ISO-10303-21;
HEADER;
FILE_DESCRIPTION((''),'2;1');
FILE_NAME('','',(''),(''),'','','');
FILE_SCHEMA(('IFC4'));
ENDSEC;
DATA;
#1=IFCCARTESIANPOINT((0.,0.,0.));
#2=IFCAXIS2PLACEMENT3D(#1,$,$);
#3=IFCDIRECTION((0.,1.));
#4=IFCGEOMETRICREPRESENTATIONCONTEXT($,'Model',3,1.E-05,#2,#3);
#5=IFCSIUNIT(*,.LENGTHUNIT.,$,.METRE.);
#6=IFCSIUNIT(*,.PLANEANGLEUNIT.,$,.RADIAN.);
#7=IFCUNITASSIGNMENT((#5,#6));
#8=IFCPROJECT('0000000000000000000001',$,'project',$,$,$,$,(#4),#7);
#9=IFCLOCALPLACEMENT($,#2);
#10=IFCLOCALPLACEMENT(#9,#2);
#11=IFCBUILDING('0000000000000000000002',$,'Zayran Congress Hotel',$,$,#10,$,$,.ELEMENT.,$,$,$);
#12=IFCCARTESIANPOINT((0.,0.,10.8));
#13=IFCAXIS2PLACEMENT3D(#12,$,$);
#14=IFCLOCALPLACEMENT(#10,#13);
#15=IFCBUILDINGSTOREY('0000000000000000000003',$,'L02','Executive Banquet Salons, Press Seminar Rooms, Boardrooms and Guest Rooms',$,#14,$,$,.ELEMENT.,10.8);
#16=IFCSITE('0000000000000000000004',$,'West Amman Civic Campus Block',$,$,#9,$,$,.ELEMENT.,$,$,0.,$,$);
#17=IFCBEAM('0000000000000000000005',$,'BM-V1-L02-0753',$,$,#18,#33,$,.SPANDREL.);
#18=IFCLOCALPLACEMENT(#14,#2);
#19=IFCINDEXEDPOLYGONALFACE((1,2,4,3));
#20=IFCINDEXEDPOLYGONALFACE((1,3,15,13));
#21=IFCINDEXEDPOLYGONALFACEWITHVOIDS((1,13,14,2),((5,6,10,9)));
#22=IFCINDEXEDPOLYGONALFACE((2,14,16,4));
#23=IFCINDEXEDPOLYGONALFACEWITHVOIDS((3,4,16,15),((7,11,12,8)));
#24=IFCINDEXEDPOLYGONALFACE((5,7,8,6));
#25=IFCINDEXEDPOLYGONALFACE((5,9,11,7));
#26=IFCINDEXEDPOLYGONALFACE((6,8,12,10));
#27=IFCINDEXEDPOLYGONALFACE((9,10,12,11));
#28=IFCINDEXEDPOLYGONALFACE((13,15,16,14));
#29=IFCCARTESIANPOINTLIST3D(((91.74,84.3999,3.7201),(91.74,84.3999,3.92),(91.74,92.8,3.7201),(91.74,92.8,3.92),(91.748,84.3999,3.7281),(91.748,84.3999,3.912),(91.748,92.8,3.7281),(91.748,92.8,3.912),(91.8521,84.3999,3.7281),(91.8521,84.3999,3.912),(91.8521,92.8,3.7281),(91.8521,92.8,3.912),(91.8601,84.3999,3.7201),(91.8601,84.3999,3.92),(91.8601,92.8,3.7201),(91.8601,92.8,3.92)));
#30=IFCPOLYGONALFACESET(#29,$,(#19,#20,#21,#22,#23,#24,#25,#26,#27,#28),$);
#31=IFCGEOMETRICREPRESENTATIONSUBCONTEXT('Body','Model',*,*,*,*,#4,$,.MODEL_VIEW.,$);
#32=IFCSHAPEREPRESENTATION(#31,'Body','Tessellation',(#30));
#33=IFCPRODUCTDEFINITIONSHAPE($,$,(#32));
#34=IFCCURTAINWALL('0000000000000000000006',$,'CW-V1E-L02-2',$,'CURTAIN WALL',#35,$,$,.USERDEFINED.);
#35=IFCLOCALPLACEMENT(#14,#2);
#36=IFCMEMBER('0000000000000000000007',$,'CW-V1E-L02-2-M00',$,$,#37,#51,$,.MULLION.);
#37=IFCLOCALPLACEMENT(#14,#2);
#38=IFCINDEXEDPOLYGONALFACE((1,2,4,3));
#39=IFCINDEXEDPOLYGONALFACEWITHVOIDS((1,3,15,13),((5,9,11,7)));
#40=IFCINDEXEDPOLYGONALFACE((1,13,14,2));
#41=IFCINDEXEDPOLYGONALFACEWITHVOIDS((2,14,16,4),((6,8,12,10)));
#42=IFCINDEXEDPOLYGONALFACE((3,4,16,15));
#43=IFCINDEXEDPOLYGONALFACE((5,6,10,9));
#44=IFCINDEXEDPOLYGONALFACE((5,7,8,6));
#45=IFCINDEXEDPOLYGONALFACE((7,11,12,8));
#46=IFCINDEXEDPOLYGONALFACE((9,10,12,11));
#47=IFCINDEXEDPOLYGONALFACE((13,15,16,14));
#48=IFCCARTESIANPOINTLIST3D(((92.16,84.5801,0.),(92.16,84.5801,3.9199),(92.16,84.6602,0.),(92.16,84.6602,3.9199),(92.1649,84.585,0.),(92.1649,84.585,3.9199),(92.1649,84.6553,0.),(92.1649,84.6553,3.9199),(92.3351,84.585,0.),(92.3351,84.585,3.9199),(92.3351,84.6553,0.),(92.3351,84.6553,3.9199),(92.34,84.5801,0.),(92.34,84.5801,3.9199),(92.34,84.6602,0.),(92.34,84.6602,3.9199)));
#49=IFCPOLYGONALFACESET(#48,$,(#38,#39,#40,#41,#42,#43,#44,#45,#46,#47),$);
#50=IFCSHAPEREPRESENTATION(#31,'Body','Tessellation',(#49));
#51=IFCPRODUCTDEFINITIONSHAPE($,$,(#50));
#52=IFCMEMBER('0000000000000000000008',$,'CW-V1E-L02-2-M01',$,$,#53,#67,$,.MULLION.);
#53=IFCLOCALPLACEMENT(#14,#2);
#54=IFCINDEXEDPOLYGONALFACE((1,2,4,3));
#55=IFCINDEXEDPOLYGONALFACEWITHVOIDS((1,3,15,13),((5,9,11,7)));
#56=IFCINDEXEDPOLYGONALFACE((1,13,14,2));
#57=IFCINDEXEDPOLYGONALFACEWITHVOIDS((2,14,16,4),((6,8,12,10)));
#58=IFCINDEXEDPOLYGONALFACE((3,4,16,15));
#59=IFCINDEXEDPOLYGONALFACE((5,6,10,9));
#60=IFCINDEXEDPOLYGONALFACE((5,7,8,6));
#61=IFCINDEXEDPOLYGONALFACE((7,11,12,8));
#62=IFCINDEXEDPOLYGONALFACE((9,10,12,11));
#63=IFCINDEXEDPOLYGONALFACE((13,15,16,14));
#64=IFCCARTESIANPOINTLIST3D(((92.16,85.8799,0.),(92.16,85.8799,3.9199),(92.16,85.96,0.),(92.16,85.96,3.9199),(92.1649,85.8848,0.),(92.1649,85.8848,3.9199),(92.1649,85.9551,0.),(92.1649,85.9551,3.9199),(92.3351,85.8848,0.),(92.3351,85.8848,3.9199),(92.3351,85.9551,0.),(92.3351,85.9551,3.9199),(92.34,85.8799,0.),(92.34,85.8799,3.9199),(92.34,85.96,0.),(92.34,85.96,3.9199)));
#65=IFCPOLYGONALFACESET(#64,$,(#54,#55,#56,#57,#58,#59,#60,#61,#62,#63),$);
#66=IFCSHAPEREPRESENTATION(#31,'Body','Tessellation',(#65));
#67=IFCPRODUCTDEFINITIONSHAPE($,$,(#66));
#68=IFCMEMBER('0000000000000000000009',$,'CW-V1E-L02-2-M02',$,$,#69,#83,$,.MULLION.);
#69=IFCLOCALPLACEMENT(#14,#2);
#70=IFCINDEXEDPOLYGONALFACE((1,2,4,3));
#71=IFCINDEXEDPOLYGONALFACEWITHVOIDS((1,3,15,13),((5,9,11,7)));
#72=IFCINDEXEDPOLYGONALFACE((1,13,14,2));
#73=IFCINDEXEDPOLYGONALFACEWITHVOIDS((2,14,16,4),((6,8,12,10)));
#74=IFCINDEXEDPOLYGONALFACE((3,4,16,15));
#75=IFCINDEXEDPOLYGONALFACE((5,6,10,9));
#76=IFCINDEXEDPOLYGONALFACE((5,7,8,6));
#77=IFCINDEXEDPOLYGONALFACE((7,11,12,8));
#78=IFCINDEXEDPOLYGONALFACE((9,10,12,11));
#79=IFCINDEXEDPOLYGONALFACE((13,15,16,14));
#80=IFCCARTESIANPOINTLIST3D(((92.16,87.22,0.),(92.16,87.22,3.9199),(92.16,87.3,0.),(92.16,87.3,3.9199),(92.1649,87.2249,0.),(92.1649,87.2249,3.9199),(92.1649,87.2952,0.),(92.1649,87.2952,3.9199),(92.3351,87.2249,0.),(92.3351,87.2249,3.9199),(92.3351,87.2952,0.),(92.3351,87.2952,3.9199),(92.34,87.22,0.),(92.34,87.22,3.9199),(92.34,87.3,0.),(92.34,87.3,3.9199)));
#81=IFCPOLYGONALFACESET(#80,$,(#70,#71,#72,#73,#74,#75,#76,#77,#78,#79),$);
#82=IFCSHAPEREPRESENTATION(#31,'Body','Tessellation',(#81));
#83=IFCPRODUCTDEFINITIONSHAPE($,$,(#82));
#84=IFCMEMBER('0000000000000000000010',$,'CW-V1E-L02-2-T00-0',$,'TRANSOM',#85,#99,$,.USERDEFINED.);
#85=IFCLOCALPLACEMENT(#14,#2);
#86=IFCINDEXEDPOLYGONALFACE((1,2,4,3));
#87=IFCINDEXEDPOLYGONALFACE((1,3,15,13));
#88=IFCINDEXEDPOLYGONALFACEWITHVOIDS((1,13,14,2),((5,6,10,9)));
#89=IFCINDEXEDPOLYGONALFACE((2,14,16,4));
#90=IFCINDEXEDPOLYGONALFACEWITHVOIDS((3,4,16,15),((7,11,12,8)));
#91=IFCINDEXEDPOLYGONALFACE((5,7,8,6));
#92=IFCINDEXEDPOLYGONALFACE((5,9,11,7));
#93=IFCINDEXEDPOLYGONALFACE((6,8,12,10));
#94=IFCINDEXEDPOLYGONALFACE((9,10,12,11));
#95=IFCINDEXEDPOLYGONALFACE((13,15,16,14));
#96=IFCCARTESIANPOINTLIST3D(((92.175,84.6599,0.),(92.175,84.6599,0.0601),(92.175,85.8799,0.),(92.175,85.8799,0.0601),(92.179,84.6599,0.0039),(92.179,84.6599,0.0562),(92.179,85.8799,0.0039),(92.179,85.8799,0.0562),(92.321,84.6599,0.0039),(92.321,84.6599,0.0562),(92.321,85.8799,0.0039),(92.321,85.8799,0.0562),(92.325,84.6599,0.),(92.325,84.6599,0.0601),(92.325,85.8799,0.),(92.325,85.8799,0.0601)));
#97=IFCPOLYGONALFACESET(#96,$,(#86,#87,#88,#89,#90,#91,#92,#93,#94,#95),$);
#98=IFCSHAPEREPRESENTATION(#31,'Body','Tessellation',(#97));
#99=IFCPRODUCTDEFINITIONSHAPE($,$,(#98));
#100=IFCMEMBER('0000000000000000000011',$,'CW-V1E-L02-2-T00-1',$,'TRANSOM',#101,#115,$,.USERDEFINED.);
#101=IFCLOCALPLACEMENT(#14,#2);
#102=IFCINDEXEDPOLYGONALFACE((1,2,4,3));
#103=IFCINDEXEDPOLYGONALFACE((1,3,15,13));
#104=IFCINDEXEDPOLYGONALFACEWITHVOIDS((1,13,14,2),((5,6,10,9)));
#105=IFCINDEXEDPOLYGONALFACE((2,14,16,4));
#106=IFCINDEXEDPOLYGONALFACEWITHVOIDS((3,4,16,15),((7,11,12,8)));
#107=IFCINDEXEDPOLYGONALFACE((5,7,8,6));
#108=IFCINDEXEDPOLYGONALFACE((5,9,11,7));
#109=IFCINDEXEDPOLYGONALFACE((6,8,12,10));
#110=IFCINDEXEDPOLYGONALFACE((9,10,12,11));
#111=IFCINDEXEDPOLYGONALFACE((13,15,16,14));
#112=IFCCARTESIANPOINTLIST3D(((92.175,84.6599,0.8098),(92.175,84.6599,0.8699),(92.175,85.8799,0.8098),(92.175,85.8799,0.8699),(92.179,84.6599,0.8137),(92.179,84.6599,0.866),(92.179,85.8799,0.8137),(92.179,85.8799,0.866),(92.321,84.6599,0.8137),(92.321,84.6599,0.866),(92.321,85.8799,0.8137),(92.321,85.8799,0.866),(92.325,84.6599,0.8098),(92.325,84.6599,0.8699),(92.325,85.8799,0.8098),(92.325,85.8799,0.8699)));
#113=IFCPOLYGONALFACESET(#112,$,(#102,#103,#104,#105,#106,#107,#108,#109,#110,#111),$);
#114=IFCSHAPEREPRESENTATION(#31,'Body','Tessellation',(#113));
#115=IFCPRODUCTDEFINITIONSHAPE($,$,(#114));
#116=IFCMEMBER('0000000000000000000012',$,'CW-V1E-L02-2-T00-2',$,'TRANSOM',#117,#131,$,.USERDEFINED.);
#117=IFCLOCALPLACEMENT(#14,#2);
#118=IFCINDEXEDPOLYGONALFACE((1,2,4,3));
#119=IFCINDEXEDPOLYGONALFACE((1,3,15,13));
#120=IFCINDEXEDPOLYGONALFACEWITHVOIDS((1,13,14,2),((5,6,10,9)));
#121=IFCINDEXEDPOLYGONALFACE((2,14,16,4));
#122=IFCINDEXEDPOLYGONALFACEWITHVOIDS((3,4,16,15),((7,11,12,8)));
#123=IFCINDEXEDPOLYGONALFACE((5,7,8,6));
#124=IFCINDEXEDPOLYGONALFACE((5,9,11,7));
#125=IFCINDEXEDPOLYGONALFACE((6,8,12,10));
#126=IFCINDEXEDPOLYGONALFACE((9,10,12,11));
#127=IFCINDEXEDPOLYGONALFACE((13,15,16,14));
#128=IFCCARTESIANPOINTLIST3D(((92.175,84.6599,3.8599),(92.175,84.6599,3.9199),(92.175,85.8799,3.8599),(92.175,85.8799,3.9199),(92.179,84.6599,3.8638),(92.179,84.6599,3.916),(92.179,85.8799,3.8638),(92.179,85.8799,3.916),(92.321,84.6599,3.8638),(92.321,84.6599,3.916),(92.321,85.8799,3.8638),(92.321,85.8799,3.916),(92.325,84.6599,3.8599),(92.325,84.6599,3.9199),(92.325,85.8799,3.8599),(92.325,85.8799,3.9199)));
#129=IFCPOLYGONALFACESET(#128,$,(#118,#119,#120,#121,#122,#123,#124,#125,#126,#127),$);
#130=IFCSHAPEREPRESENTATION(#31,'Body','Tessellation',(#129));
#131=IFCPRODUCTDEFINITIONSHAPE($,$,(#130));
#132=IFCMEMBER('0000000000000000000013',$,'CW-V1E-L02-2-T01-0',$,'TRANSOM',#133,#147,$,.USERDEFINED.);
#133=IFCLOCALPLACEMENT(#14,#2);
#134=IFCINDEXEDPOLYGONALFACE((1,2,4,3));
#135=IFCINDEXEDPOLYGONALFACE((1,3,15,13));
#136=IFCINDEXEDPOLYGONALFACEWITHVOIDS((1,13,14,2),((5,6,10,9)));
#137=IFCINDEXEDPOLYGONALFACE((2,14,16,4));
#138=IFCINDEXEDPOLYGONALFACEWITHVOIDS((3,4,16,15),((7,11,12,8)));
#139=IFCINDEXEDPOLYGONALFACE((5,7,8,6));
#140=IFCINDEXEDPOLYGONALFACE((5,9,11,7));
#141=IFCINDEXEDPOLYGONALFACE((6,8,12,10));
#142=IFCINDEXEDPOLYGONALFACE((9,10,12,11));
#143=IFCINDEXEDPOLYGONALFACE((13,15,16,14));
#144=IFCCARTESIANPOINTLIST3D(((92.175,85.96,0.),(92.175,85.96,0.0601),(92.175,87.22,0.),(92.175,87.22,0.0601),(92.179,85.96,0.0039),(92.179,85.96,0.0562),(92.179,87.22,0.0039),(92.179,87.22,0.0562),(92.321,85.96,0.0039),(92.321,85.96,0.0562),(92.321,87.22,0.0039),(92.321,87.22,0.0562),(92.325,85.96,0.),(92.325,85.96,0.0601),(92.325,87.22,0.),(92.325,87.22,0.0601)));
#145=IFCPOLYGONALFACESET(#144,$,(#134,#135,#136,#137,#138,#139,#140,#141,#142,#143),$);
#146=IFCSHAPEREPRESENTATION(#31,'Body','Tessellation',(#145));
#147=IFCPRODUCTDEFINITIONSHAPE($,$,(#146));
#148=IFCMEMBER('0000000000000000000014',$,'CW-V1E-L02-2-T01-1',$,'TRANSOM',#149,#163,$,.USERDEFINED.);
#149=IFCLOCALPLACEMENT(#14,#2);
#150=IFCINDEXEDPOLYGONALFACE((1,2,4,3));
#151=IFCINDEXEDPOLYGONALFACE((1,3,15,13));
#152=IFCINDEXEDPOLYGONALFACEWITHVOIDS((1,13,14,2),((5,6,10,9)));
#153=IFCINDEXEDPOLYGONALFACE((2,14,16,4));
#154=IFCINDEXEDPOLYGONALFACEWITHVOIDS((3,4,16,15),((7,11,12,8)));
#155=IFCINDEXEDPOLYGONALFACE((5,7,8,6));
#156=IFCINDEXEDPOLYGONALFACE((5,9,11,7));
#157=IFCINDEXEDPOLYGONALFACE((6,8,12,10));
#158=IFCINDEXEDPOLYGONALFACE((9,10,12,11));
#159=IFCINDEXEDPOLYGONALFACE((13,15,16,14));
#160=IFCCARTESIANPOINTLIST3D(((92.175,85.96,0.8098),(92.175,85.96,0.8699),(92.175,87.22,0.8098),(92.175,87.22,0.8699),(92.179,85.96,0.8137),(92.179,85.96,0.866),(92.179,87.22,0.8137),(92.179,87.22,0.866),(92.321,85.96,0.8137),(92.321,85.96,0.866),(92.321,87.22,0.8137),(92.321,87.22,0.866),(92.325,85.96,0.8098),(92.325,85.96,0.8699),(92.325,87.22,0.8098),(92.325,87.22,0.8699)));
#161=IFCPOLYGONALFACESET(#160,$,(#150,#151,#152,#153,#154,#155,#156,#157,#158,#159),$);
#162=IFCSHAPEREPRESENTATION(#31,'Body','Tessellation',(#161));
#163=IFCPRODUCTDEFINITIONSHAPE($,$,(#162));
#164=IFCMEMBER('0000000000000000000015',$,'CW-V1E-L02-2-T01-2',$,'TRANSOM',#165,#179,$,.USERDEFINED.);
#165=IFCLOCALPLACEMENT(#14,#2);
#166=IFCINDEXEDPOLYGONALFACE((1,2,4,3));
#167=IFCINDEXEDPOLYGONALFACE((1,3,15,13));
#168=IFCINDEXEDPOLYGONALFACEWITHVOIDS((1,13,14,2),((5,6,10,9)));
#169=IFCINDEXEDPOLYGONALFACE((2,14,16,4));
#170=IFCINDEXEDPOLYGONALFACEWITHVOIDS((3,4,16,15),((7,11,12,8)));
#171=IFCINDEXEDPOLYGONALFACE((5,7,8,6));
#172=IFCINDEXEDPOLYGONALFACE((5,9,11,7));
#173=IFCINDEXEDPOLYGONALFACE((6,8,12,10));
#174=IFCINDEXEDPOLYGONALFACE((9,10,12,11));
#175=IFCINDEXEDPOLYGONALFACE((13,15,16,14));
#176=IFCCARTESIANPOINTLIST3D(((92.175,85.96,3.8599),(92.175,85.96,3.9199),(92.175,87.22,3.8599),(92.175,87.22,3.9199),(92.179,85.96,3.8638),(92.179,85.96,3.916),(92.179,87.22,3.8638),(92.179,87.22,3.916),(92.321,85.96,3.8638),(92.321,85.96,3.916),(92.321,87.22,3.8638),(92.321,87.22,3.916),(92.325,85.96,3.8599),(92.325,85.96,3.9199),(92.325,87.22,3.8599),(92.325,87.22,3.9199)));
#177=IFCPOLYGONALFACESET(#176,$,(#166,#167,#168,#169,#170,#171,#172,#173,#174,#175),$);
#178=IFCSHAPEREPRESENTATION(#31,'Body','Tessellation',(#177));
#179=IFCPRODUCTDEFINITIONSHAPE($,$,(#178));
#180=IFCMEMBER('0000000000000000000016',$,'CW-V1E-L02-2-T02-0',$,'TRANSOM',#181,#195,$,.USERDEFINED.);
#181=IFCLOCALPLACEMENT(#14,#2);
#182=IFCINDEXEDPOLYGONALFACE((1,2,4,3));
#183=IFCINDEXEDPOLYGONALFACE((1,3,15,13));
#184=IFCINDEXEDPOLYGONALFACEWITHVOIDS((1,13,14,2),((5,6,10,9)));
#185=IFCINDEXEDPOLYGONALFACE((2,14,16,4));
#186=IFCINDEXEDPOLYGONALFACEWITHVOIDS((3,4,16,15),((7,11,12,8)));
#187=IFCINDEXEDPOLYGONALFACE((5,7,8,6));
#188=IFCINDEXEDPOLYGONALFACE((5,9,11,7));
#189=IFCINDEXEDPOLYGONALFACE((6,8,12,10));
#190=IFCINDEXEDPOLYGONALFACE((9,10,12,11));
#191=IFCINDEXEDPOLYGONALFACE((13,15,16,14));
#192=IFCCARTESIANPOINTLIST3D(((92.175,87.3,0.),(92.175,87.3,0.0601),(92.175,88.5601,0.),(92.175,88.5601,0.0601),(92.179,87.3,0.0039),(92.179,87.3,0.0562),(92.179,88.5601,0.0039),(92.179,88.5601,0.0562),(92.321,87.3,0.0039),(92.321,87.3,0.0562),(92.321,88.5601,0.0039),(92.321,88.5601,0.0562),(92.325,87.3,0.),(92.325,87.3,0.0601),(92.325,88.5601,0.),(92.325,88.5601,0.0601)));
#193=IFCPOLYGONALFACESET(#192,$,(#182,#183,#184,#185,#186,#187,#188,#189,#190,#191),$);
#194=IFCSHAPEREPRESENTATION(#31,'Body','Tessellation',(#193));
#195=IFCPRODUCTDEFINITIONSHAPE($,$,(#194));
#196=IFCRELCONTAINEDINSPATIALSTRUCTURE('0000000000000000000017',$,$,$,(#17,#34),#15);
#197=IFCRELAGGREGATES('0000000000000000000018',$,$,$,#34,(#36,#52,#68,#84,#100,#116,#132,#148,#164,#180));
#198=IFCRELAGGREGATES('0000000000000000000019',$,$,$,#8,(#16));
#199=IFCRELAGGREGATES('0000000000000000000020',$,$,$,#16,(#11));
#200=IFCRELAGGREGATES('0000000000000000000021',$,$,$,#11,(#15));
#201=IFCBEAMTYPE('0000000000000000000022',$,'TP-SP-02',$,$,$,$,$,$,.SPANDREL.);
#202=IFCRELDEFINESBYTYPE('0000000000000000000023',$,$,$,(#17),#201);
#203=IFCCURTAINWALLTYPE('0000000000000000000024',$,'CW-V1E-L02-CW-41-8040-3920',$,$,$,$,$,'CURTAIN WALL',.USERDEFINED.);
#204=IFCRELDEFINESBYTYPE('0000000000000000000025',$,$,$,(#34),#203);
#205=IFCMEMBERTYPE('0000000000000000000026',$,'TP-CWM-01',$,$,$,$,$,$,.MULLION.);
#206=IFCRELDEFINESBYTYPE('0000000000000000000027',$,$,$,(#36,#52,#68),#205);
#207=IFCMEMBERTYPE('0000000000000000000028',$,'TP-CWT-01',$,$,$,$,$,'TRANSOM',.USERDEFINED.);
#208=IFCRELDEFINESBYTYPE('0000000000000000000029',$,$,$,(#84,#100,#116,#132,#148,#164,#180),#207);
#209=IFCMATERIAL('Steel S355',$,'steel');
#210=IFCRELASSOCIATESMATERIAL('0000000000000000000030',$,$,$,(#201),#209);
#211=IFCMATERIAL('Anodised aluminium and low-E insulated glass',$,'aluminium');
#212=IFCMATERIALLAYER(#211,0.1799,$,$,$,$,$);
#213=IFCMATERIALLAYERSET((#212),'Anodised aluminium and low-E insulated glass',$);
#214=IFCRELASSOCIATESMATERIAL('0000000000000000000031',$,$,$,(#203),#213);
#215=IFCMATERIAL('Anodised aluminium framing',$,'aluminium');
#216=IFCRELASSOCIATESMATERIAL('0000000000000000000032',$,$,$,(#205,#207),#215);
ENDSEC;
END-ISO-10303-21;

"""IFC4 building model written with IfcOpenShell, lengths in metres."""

from ifc_helpers import new_model, si_unit, direction, frame, origin, origin_2d, place, context, subcontext, project, spatial, hollow_rectangle, extrude, material, layer, layer_set, material_profile, profile_set, type_object, element, aggregate, save


model = new_model("IFC4")

# Units and contexts
model_context = context("Model", 3, precision=1e-05, world=origin(), true_north=direction((0.0, 1.0)))
body_context = subcontext(model_context, "Body", "Model", "MODEL_VIEW")
ifc_project = project(units=[si_unit("LENGTHUNIT", "METRE"), si_unit("PLANEANGLEUNIT", "RADIAN")], contexts=[model_context])

# Site, building, storey
site_placement = place(None, origin())
site = spatial("IfcSite", under=ifc_project, at=site_placement, Name="West Amman Civic Campus Block", CompositionType="ELEMENT", RefElevation=0.0)
building_placement = place(site_placement, origin())
building = spatial("IfcBuilding", under=site, at=building_placement, Name="Zayran Congress Hotel", CompositionType="ELEMENT")
storey_placement = place(building_placement, frame((0.0, 0.0, 10.8)))
storey = spatial("IfcBuildingStorey", under=building, at=storey_placement, Name="L02", Description="Executive Banquet Salons, Press Seminar Rooms, Boardrooms and Guest Rooms", CompositionType="ELEMENT", Elevation=10.8)

# Shared definitions
ifc_material_1 = material(Name="Steel S355", Category="steel")

# Beam
ifc_material_profile_1 = material_profile(ifc_material_1, hollow_rectangle(XDim=0.1201, YDim=0.2, WallThickness=0.0081, at=origin_2d()), Name="RHS 200x120x8")
ifc_profile_set_1 = profile_set([ifc_material_profile_1], Name="Steel S355")
beam_type_1 = type_object("IfcBeamType", Name="TP-SP-02", PredefinedType="SPANDREL", material=ifc_profile_set_1)
beam_1_placement = place(storey_placement, frame((91.8, 84.3999, 3.8201), z_axis=(0.0, 1.0, 0.0), x_axis=(-1.0, 0.0, 0.0)))
element("IfcBeam", 1, at=beam_1_placement, inside=storey, type_object=beam_type_1, Name="BM-V1-L02-0753", PredefinedType="SPANDREL", context=body_context, shape_type="SweptSolid", body=[
    extrude(hollow_rectangle(XDim=0.1201, YDim=0.2, WallThickness=0.0081, at=origin_2d()), origin(), (0.0, 0.0, 1.0), 8.4001),
])

# Curtain wall, members
ifc_material_2 = material(Name="Anodised aluminium and low-E insulated glass", Category="aluminium")
ifc_layer_1 = layer(ifc_material_2, 0.1799)
ifc_layer_set_1 = layer_set([ifc_layer_1], Name="Anodised aluminium and low-E insulated glass")
curtain_wall_type = type_object("IfcCurtainWallType", Name="CW-V1E-L02-CW-41-8040-3920", ElementType="CURTAIN WALL", PredefinedType="USERDEFINED", material=ifc_layer_set_1)
curtain_wall_placement = place(storey_placement, origin())
curtain_wall = element("IfcCurtainWall", 2, at=curtain_wall_placement, inside=storey, type_object=curtain_wall_type, Name="CW-V1E-L02-2", ObjectType="CURTAIN WALL", PredefinedType="USERDEFINED")
ifc_material_3 = material(Name="Anodised aluminium framing", Category="aluminium")
ifc_material_profile_2 = material_profile(ifc_material_3, hollow_rectangle(XDim=0.0801, YDim=0.1799, WallThickness=0.0049, at=origin_2d()), Name="RHS 180x80x5")
ifc_profile_set_2 = profile_set([ifc_material_profile_2], Name="Anodised aluminium framing")
member_type_1 = type_object("IfcMemberType", Name="TP-CWM-01", PredefinedType="MULLION", material=ifc_profile_set_2)
member_1_placement = place(storey_placement, frame((92.25, 84.6201, 0.0), z_axis=(0.0, 0.0, 1.0), x_axis=(0.0, 1.0, 0.0)))
member_1 = element("IfcMember", 3, at=member_1_placement, type_object=member_type_1, Name="CW-V1E-L02-2-M00", PredefinedType="MULLION", context=body_context, shape_type="SweptSolid", body=[
    extrude(hollow_rectangle(XDim=0.0801, YDim=0.1799, WallThickness=0.0049, at=origin_2d()), origin(), (0.0, 0.0, 1.0), 3.9199),
])
member_2_placement = place(storey_placement, frame((92.25, 85.9199, 0.0), z_axis=(0.0, 0.0, 1.0), x_axis=(0.0, 1.0, 0.0)))
member_2 = element("IfcMember", 4, at=member_2_placement, type_object=member_type_1, Name="CW-V1E-L02-2-M01", PredefinedType="MULLION", context=body_context, shape_type="SweptSolid", body=[
    extrude(hollow_rectangle(XDim=0.0801, YDim=0.1799, WallThickness=0.0049, at=origin_2d()), origin(), (0.0, 0.0, 1.0), 3.9199),
])
member_3_placement = place(storey_placement, frame((92.25, 87.26, 0.0), z_axis=(0.0, 0.0, 1.0), x_axis=(0.0, 1.0, 0.0)))
member_3 = element("IfcMember", 5, at=member_3_placement, type_object=member_type_1, Name="CW-V1E-L02-2-M02", PredefinedType="MULLION", context=body_context, shape_type="SweptSolid", body=[
    extrude(hollow_rectangle(XDim=0.0801, YDim=0.1799, WallThickness=0.0049, at=origin_2d()), origin(), (0.0, 0.0, 1.0), 3.9199),
])
ifc_material_profile_3 = material_profile(ifc_material_3, hollow_rectangle(XDim=0.0601, YDim=0.1499, WallThickness=0.0039, at=origin_2d()), Name="RHS 150x60x4")
ifc_profile_set_3 = profile_set([ifc_material_profile_3], Name="Anodised aluminium framing")
member_type_2 = type_object("IfcMemberType", Name="TP-CWT-01", ElementType="TRANSOM", PredefinedType="USERDEFINED", material=ifc_profile_set_3)
member_4_placement = place(storey_placement, frame((92.25, 84.6599, 0.03), z_axis=(0.0, 1.0, 0.0), x_axis=(0.0, 0.0, 1.0)))
member_4 = element("IfcMember", 6, at=member_4_placement, type_object=member_type_2, Name="CW-V1E-L02-2-T00-0", ObjectType="TRANSOM", PredefinedType="USERDEFINED", context=body_context, shape_type="SweptSolid", body=[
    extrude(hollow_rectangle(XDim=0.0601, YDim=0.1499, WallThickness=0.0039, at=origin_2d()), origin(), (0.0, 0.0, 1.0), 1.22),
])
member_5_placement = place(storey_placement, frame((92.25, 84.6599, 0.8398), z_axis=(0.0, 1.0, 0.0), x_axis=(0.0, 0.0, 1.0)))
member_5 = element("IfcMember", 7, at=member_5_placement, type_object=member_type_2, Name="CW-V1E-L02-2-T00-1", ObjectType="TRANSOM", PredefinedType="USERDEFINED", context=body_context, shape_type="SweptSolid", body=[
    extrude(hollow_rectangle(XDim=0.0601, YDim=0.1499, WallThickness=0.0039, at=origin_2d()), origin(), (0.0, 0.0, 1.0), 1.22),
])
member_6_placement = place(storey_placement, frame((92.25, 84.6599, 3.8899), z_axis=(0.0, 1.0, 0.0), x_axis=(0.0, 0.0, 1.0)))
member_6 = element("IfcMember", 8, at=member_6_placement, type_object=member_type_2, Name="CW-V1E-L02-2-T00-2", ObjectType="TRANSOM", PredefinedType="USERDEFINED", context=body_context, shape_type="SweptSolid", body=[
    extrude(hollow_rectangle(XDim=0.0601, YDim=0.1499, WallThickness=0.0039, at=origin_2d()), origin(), (0.0, 0.0, 1.0), 1.22),
])
member_7_placement = place(storey_placement, frame((92.25, 85.96, 0.03), z_axis=(0.0, 1.0, 0.0), x_axis=(0.0, 0.0, 1.0)))
member_7 = element("IfcMember", 9, at=member_7_placement, type_object=member_type_2, Name="CW-V1E-L02-2-T01-0", ObjectType="TRANSOM", PredefinedType="USERDEFINED", context=body_context, shape_type="SweptSolid", body=[
    extrude(hollow_rectangle(XDim=0.0601, YDim=0.1499, WallThickness=0.0039, at=origin_2d()), origin(), (0.0, 0.0, 1.0), 1.26),
])
member_8_placement = place(storey_placement, frame((92.25, 85.96, 0.8398), z_axis=(0.0, 1.0, 0.0), x_axis=(0.0, 0.0, 1.0)))
member_8 = element("IfcMember", 10, at=member_8_placement, type_object=member_type_2, Name="CW-V1E-L02-2-T01-1", ObjectType="TRANSOM", PredefinedType="USERDEFINED", context=body_context, shape_type="SweptSolid", body=[
    extrude(hollow_rectangle(XDim=0.0601, YDim=0.1499, WallThickness=0.0039, at=origin_2d()), origin(), (0.0, 0.0, 1.0), 1.26),
])
member_9_placement = place(storey_placement, frame((92.25, 85.96, 3.8899), z_axis=(0.0, 1.0, 0.0), x_axis=(0.0, 0.0, 1.0)))
member_9 = element("IfcMember", 11, at=member_9_placement, type_object=member_type_2, Name="CW-V1E-L02-2-T01-2", ObjectType="TRANSOM", PredefinedType="USERDEFINED", context=body_context, shape_type="SweptSolid", body=[
    extrude(hollow_rectangle(XDim=0.0601, YDim=0.1499, WallThickness=0.0039, at=origin_2d()), origin(), (0.0, 0.0, 1.0), 1.26),
])
member_10_placement = place(storey_placement, frame((92.25, 87.3, 0.03), z_axis=(0.0, 1.0, 0.0), x_axis=(0.0, 0.0, 1.0)))
member_10 = element("IfcMember", 12, at=member_10_placement, type_object=member_type_2, Name="CW-V1E-L02-2-T02-0", ObjectType="TRANSOM", PredefinedType="USERDEFINED", context=body_context, shape_type="SweptSolid", body=[
    extrude(hollow_rectangle(XDim=0.0601, YDim=0.1499, WallThickness=0.0039, at=origin_2d()), origin(), (0.0, 0.0, 1.0), 1.26),
])
aggregate(curtain_wall, [member_1, member_2, member_3, member_4, member_5, member_6, member_7, member_8, member_9, member_10])

save(model, "model.ifc")
